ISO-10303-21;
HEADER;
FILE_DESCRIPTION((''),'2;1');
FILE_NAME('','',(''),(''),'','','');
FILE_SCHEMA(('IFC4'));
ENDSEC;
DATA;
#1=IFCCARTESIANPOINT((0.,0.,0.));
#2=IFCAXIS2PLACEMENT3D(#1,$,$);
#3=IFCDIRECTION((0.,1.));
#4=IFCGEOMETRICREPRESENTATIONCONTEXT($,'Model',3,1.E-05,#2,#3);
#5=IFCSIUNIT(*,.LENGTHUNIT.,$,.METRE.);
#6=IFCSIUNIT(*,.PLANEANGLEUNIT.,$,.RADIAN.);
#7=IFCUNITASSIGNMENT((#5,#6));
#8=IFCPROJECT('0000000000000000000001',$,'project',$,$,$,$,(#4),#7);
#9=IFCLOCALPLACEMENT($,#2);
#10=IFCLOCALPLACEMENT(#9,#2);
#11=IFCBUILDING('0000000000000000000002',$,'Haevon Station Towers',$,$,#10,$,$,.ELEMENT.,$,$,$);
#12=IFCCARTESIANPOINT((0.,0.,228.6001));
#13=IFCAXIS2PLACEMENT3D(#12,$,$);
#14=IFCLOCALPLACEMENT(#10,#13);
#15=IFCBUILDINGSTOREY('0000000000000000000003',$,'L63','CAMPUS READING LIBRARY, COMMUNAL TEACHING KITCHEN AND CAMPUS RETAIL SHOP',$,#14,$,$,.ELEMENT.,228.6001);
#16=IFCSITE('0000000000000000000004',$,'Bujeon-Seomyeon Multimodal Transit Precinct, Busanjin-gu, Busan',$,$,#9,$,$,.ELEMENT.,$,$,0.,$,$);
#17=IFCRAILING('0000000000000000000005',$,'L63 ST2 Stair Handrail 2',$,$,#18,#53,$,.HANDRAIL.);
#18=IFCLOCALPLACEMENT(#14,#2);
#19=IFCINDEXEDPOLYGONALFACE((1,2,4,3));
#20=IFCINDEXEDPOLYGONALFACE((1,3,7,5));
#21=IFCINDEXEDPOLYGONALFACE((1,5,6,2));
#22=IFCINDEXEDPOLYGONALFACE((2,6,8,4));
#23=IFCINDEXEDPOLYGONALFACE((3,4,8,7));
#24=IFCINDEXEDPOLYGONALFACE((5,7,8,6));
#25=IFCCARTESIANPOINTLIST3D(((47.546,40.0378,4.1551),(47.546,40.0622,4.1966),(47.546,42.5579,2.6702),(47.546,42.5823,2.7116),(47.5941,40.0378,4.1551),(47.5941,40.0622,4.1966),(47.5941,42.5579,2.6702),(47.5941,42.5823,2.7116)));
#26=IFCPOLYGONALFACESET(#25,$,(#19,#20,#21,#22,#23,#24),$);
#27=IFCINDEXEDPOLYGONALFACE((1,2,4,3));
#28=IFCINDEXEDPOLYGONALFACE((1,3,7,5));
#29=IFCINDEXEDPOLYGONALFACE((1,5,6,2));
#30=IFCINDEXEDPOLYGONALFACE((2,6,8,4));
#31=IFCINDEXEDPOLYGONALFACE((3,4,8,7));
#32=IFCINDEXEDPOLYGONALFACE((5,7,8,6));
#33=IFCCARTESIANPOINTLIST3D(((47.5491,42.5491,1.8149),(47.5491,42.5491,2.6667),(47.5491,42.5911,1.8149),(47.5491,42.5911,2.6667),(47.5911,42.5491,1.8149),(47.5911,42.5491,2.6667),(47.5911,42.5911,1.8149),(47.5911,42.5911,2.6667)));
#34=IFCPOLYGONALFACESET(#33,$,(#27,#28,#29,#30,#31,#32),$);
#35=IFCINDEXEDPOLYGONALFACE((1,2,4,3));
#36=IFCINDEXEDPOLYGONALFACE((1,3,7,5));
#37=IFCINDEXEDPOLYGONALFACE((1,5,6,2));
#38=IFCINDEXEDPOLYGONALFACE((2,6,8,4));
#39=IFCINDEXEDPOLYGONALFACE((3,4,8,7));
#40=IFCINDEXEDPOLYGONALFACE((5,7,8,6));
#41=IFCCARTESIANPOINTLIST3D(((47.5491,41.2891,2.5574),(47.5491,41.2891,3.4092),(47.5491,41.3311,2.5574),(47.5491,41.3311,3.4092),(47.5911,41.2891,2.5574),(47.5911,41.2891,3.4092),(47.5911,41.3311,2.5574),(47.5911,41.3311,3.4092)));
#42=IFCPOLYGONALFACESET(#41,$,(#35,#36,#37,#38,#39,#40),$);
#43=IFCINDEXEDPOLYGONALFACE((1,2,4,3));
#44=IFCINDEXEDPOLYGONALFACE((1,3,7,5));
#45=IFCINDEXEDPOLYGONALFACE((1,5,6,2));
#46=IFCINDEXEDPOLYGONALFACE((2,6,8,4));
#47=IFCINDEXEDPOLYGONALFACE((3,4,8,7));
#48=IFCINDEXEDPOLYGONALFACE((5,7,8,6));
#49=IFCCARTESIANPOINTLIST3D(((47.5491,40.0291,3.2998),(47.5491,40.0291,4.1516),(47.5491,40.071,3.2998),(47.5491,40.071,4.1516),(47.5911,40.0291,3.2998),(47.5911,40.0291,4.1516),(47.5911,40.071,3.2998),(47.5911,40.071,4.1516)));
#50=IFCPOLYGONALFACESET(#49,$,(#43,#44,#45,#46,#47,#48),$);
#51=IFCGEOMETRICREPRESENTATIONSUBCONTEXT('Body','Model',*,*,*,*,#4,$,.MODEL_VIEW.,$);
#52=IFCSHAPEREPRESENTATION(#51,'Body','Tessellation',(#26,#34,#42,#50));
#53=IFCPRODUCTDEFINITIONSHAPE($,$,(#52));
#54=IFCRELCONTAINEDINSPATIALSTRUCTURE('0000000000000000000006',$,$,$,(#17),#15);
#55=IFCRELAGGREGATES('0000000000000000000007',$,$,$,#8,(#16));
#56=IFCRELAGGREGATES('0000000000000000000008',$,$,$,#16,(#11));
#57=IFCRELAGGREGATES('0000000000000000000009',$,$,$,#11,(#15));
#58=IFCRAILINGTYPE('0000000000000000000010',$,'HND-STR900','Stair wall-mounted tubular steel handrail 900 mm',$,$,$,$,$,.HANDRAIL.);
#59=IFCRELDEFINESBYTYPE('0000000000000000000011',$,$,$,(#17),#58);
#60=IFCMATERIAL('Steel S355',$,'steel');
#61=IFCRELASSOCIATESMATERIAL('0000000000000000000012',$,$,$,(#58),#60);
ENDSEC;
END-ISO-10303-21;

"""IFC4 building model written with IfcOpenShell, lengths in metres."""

from ifc_helpers import new_model, si_unit, direction, frame, origin, origin_2d, place, context, subcontext, project, spatial, rectangle, extrude, material, type_object, element, save


model = new_model("IFC4")

# Units and contexts
model_context = context("Model", 3, precision=1e-05, world=origin(), true_north=direction((0.0, 1.0)))
body_context = subcontext(model_context, "Body", "Model", "MODEL_VIEW")
ifc_project = project(units=[si_unit("LENGTHUNIT", "METRE"), si_unit("PLANEANGLEUNIT", "RADIAN")], contexts=[model_context])

# Site, building, storey
site_placement = place(None, origin())
site = spatial("IfcSite", under=ifc_project, at=site_placement, Name="Bujeon-Seomyeon Multimodal Transit Precinct, Busanjin-gu, Busan", CompositionType="ELEMENT", RefElevation=0.0)
building_placement = place(site_placement, origin())
building = spatial("IfcBuilding", under=site, at=building_placement, Name="Haevon Station Towers", CompositionType="ELEMENT")
storey_placement = place(building_placement, frame((0.0, 0.0, 228.6001)))
storey = spatial("IfcBuildingStorey", under=building, at=storey_placement, Name="L63", Description="CAMPUS READING LIBRARY, COMMUNAL TEACHING KITCHEN AND CAMPUS RETAIL SHOP", CompositionType="ELEMENT", Elevation=228.6001)

# Shared definitions
ifc_material_1 = material(Name="Steel S355", Category="steel")

# Railing
railing_type_1 = type_object("IfcRailingType", Name="HND-STR900", Description="Stair wall-mounted tubular steel handrail 900 mm", PredefinedType="HANDRAIL", material=ifc_material_1)
railing_1_placement = place(storey_placement, frame((47.5701, 42.5701, 1.8149)))
element("IfcRailing", 1, at=railing_1_placement, inside=storey, type_object=railing_type_1, Name="L63 ST2 Stair Handrail 2", PredefinedType="HANDRAIL", context=body_context, shape_type="SweptSolid", body=[
    extrude(rectangle(XDim=0.0481, YDim=0.0481, at=origin_2d()), frame((0.0, 0.0, 0.876), z_axis=(0.0, -0.861561, 0.507655), x_axis=(1.0, 0.0, 0.0)), (0.0, 0.0, 1.0), 2.925),
    extrude(rectangle(XDim=0.042, YDim=0.042, at=origin_2d()), origin(), (0.0, 0.0, 1.0), 0.8518),
    extrude(rectangle(XDim=0.042, YDim=0.042, at=origin_2d()), frame((0.0, -1.26, 0.7424)), (0.0, 0.0, 1.0), 0.8518),
    extrude(rectangle(XDim=0.042, YDim=0.042, at=origin_2d()), frame((0.0, -2.52, 1.4849)), (0.0, 0.0, 1.0), 0.8518),
])

save(model, "model.ifc")
